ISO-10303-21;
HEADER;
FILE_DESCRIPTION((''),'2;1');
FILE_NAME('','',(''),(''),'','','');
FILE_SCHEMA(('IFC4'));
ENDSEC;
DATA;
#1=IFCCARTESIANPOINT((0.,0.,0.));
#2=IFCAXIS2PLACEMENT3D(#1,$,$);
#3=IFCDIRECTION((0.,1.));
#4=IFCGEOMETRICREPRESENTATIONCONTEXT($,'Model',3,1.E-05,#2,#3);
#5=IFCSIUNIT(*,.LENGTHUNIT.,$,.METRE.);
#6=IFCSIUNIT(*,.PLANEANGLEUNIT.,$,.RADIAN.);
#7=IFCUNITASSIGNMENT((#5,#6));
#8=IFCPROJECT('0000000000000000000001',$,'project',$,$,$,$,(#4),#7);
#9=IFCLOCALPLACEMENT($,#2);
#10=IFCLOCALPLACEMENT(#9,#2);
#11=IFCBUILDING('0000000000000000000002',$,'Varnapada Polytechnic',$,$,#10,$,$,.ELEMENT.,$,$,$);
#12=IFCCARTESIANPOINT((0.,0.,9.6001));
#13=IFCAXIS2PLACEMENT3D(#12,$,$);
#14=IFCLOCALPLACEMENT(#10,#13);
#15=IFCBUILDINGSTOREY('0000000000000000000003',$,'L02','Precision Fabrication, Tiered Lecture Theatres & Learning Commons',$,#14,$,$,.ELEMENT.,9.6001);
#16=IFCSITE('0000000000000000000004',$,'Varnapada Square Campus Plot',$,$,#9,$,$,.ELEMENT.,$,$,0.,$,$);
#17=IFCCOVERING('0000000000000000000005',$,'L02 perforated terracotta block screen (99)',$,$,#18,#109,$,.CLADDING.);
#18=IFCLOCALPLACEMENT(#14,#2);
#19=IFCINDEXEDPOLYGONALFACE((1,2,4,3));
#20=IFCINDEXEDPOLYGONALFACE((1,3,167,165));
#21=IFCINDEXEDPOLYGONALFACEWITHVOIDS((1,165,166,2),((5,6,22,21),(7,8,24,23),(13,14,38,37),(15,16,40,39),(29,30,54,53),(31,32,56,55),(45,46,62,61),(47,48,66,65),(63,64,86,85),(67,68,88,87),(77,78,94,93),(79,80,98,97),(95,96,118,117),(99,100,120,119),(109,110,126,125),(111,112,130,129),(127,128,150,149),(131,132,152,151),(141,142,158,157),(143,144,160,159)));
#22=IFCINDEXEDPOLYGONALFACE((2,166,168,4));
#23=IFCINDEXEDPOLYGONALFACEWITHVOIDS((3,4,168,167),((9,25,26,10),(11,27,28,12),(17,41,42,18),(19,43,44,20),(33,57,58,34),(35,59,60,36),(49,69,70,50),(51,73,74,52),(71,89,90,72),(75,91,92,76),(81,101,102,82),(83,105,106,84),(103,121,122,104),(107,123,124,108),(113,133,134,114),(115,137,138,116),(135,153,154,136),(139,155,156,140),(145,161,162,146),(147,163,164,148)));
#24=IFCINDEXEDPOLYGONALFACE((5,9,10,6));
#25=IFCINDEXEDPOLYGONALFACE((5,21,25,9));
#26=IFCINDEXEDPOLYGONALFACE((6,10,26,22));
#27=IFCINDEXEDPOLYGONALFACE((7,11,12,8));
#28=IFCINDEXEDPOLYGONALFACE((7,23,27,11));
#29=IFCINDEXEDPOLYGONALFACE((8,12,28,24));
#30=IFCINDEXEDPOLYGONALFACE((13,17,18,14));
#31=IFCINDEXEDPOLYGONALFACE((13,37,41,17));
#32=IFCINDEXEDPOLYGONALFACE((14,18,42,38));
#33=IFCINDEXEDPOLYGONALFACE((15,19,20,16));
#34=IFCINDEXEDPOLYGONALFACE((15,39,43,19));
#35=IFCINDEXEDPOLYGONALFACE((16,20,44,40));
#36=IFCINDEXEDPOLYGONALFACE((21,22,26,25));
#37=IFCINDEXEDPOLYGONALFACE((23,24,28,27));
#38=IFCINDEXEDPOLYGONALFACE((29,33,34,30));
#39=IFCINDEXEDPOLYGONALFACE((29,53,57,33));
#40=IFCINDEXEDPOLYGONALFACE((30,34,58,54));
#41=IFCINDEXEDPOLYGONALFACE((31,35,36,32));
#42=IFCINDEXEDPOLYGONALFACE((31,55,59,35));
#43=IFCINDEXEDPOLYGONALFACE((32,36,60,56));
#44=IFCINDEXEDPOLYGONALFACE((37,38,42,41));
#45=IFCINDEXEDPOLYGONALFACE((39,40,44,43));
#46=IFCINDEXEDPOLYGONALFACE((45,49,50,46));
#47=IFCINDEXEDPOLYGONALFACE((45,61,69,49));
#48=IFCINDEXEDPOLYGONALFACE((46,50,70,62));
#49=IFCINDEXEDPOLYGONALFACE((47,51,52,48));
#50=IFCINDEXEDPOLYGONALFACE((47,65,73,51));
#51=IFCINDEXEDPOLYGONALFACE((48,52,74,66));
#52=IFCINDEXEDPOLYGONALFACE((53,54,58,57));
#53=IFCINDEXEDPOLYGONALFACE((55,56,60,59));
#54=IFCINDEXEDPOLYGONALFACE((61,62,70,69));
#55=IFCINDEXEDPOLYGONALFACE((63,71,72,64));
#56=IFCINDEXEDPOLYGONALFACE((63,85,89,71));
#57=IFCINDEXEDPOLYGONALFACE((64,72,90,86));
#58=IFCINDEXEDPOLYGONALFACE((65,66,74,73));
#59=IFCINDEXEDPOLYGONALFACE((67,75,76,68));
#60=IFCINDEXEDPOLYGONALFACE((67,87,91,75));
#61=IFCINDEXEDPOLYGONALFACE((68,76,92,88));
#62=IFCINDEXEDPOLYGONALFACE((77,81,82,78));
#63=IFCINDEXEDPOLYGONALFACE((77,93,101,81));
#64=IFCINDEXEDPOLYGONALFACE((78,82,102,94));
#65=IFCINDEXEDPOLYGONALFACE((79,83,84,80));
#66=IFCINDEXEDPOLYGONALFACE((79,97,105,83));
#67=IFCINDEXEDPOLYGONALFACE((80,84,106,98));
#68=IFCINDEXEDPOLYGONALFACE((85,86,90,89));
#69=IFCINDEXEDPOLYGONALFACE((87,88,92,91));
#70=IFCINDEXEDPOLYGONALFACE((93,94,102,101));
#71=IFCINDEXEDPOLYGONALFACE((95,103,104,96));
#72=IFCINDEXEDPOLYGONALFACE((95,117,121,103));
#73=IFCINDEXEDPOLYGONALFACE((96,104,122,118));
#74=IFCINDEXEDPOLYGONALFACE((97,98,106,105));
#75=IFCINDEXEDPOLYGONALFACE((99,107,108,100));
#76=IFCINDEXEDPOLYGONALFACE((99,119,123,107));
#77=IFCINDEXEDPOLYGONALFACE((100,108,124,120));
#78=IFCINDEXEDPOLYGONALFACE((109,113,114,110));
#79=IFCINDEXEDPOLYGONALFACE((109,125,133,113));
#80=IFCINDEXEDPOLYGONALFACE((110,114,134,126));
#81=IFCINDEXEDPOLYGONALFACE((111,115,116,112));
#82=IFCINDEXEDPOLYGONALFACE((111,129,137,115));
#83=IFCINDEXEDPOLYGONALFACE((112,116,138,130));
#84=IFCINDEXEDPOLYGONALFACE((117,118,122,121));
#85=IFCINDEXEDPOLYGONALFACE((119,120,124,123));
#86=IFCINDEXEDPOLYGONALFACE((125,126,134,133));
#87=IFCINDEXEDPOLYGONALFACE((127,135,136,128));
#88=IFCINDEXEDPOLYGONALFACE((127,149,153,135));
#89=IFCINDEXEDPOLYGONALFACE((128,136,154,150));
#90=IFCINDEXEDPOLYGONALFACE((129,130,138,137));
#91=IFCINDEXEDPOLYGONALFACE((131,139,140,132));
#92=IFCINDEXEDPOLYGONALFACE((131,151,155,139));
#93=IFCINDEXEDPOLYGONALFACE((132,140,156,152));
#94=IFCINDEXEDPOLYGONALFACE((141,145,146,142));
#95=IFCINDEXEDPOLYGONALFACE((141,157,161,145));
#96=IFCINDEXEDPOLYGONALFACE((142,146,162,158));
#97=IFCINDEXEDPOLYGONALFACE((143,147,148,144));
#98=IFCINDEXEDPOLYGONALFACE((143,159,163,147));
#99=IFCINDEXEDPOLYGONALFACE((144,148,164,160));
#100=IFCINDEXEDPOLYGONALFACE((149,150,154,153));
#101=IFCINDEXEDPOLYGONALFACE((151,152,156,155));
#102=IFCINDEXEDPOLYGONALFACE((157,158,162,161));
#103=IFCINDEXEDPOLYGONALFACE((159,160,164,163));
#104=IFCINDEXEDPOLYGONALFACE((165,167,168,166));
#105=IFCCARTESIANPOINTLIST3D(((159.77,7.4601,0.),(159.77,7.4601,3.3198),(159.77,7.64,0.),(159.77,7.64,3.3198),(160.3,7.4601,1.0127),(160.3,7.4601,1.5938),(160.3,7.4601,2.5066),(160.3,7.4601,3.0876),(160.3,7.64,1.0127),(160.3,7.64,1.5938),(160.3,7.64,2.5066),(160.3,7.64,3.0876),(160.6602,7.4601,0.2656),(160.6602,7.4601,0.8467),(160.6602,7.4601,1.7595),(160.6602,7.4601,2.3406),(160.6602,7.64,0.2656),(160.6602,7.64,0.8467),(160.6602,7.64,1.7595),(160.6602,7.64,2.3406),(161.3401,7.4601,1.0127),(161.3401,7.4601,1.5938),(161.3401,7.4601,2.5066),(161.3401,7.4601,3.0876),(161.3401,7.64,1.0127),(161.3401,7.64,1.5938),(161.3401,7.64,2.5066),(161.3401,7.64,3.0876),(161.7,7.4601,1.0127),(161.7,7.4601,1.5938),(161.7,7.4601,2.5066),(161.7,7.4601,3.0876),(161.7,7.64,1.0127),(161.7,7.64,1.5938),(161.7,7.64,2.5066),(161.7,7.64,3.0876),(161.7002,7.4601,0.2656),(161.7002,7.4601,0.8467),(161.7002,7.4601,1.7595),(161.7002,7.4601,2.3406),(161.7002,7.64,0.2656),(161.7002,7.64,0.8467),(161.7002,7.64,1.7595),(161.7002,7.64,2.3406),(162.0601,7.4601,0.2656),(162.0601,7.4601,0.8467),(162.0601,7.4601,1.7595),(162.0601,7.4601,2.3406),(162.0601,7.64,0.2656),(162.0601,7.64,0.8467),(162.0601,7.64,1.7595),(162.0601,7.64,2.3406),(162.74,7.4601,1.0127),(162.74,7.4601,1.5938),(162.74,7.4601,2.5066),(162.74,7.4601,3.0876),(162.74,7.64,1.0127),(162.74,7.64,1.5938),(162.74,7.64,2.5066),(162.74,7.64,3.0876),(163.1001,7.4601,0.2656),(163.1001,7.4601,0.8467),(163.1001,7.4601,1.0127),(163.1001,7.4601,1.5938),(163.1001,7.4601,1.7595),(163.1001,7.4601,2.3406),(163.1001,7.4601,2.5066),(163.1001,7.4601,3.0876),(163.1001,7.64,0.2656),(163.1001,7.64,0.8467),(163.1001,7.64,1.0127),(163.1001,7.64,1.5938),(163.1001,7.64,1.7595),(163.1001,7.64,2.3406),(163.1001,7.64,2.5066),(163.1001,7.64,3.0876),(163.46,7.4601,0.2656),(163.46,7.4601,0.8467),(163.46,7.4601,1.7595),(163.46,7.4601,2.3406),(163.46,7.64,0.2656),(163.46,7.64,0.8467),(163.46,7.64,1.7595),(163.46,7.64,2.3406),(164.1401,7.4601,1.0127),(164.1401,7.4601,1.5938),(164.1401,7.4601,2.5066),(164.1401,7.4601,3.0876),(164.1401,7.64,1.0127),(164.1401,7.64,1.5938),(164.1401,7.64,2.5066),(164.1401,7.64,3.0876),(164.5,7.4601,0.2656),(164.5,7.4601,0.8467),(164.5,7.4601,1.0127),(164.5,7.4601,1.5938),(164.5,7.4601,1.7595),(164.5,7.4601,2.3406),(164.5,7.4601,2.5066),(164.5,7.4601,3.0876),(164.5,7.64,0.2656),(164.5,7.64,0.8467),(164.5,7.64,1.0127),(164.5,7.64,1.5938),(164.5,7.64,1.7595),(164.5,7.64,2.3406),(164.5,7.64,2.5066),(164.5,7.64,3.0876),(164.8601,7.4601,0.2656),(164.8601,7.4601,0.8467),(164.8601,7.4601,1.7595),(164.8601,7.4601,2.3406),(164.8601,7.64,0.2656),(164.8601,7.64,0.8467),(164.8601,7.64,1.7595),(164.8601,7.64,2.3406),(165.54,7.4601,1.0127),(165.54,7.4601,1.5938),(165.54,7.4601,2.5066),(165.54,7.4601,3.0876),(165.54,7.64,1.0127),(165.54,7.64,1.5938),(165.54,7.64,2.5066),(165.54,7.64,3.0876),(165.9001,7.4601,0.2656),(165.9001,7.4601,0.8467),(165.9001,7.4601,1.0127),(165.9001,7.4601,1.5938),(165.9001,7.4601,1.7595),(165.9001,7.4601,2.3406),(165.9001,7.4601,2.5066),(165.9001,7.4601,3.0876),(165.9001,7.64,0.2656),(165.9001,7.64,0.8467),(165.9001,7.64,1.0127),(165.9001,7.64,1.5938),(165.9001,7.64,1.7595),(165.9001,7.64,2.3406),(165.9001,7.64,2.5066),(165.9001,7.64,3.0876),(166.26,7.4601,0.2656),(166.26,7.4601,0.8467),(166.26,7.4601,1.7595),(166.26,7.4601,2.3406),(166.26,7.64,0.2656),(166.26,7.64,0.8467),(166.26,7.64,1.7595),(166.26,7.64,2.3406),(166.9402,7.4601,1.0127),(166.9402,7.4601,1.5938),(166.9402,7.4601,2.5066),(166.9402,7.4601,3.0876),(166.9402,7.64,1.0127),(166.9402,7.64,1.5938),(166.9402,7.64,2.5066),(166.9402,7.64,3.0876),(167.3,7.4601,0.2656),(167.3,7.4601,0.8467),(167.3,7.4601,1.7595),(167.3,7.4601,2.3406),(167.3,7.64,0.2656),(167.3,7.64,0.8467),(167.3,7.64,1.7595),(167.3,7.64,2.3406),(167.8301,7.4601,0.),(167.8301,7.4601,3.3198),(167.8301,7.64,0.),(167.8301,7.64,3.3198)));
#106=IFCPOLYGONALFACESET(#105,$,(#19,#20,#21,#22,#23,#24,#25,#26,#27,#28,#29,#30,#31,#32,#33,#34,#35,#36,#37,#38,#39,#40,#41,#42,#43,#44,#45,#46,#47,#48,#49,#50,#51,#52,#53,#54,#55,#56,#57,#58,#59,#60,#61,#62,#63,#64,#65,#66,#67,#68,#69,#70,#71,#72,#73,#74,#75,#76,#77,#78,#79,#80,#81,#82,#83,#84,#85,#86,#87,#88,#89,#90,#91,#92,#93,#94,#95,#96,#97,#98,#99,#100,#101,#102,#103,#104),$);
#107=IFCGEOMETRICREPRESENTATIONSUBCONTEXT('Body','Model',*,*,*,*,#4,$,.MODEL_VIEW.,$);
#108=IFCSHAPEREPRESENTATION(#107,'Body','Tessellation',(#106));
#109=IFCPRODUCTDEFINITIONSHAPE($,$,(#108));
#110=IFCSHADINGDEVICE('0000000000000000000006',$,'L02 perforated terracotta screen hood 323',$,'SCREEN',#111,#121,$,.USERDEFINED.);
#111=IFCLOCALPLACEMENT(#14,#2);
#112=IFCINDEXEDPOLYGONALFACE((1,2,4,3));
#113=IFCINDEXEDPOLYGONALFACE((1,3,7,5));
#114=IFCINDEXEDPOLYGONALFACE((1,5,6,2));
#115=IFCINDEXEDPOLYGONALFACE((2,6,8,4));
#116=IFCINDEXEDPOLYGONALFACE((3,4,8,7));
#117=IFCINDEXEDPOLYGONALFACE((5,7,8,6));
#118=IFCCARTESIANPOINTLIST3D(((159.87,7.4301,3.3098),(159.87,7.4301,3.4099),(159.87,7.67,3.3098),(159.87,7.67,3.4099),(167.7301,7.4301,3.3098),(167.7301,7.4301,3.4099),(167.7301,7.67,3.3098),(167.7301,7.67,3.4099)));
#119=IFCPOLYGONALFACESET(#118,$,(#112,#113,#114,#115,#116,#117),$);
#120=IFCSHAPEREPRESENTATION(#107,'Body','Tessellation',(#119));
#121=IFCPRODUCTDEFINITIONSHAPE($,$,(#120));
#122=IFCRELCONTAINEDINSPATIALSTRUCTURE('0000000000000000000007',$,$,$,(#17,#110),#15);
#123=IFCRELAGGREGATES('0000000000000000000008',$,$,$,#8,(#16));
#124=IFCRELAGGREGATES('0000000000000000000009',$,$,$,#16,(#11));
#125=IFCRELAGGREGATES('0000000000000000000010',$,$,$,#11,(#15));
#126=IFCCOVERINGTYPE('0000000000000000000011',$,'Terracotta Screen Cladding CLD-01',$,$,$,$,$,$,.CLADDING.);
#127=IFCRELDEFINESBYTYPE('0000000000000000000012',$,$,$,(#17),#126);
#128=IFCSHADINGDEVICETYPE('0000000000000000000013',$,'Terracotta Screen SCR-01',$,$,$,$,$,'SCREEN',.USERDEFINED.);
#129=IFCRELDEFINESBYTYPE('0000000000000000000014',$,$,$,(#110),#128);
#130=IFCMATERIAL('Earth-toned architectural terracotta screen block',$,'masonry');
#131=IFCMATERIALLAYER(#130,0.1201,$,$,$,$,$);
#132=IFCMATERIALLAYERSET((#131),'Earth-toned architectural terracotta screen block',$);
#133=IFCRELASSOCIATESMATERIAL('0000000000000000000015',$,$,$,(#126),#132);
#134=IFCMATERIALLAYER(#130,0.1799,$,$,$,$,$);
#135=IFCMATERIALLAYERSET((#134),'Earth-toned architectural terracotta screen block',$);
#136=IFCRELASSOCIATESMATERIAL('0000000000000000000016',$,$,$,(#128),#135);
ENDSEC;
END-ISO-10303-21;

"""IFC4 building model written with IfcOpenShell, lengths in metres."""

from ifc_helpers import new_model, si_unit, direction, frame, frame_2d, origin, origin_2d, place, context, subcontext, project, spatial, rectangle, extrude, material, layer, layer_set, type_object, element, save


model = new_model("IFC4")

# Units and contexts
model_context = context("Model", 3, precision=1e-05, world=origin(), true_north=direction((0.0, 1.0)))
body_context = subcontext(model_context, "Body", "Model", "MODEL_VIEW")
ifc_project = project(units=[si_unit("LENGTHUNIT", "METRE"), si_unit("PLANEANGLEUNIT", "RADIAN")], contexts=[model_context])

# Site, building, storey
site_placement = place(None, origin())
site = spatial("IfcSite", under=ifc_project, at=site_placement, Name="Varnapada Square Campus Plot", CompositionType="ELEMENT", RefElevation=0.0)
building_placement = place(site_placement, origin())
building = spatial("IfcBuilding", under=site, at=building_placement, Name="Varnapada Polytechnic", CompositionType="ELEMENT")
storey_placement = place(building_placement, frame((0.0, 0.0, 9.6001)))
storey = spatial("IfcBuildingStorey", under=building, at=storey_placement, Name="L02", Description="Precision Fabrication, Tiered Lecture Theatres & Learning Commons", CompositionType="ELEMENT", Elevation=9.6001)

# Covering, openings
ifc_material_1 = material(Name="Earth-toned architectural terracotta screen block", Category="masonry")
ifc_layer_1 = layer(ifc_material_1, 0.1201)
ifc_layer_set_1 = layer_set([ifc_layer_1], Name="Earth-toned architectural terracotta screen block")
covering_type = type_object("IfcCoveringType", Name="Terracotta Screen Cladding CLD-01", PredefinedType="CLADDING", material=ifc_layer_set_1)
covering_placement = place(storey_placement, frame((167.8301, 7.55, 0.0), z_axis=(0.0, 0.0, 1.0), x_axis=(-1.0, 0.0, 0.0)))
covering = element("IfcCovering", 1, at=covering_placement, inside=storey, type_object=covering_type, Name="L02 perforated terracotta block screen (99)", PredefinedType="CLADDING", context=body_context, shape_type="SweptSolid", body=[
    extrude(rectangle(XDim=8.0601, YDim=0.1799, at=frame_2d((4.03, 0.0))), origin(), (0.0, 0.0, 1.0), 3.3198),
])
opening_1_placement = place(covering_placement, frame((0.53, 0.0, 0.2656)))
element("IfcOpeningElement", 2, at=opening_1_placement, cuts=covering, PredefinedType="OPENING", context=body_context, shape_type="SweptSolid", body=[
    extrude(rectangle(XDim=1.04, YDim=0.5811, at=frame_2d((0.52, 0.2905))), frame((0.0, 0.0999, 0.0), z_axis=(0.0, -1.0, 0.0), x_axis=(1.0, 0.0, 0.0)), (0.0, 0.0, 1.0), 0.2),
])
opening_2_placement = place(covering_placement, frame((1.9299, 0.0, 0.2656)))
element("IfcOpeningElement", 3, at=opening_2_placement, cuts=covering, PredefinedType="OPENING", context=body_context, shape_type="SweptSolid", body=[
    extrude(rectangle(XDim=1.04, YDim=0.5811, at=frame_2d((0.52, 0.2905))), frame((0.0, 0.0999, 0.0), z_axis=(0.0, -1.0, 0.0), x_axis=(1.0, 0.0, 0.0)), (0.0, 0.0, 1.0), 0.2),
])
opening_3_placement = place(covering_placement, frame((3.3301, 0.0, 0.2656)))
element("IfcOpeningElement", 4, at=opening_3_placement, cuts=covering, PredefinedType="OPENING", context=body_context, shape_type="SweptSolid", body=[
    extrude(rectangle(XDim=1.04, YDim=0.5811, at=frame_2d((0.52, 0.2905))), frame((0.0, 0.0999, 0.0), z_axis=(0.0, -1.0, 0.0), x_axis=(1.0, 0.0, 0.0)), (0.0, 0.0, 1.0), 0.2),
])
opening_4_placement = place(covering_placement, frame((4.73, 0.0, 0.2656)))
element("IfcOpeningElement", 5, at=opening_4_placement, cuts=covering, PredefinedType="OPENING", context=body_context, shape_type="SweptSolid", body=[
    extrude(rectangle(XDim=1.04, YDim=0.5811, at=frame_2d((0.52, 0.2905))), frame((0.0, 0.0999, 0.0), z_axis=(0.0, -1.0, 0.0), x_axis=(1.0, 0.0, 0.0)), (0.0, 0.0, 1.0), 0.2),
])
opening_5_placement = place(covering_placement, frame((6.1299, 0.0, 0.2656)))
element("IfcOpeningElement", 6, at=opening_5_placement, cuts=covering, PredefinedType="OPENING", context=body_context, shape_type="SweptSolid", body=[
    extrude(rectangle(XDim=1.04, YDim=0.5811, at=frame_2d((0.52, 0.2905))), frame((0.0, 0.0999, 0.0), z_axis=(0.0, -1.0, 0.0), x_axis=(1.0, 0.0, 0.0)), (0.0, 0.0, 1.0), 0.2),
])
opening_6_placement = place(covering_placement, frame((0.8899, 0.0, 1.0127)))
element("IfcOpeningElement", 7, at=opening_6_placement, cuts=covering, PredefinedType="OPENING", context=body_context, shape_type="SweptSolid", body=[
    extrude(rectangle(XDim=1.04, YDim=0.5811, at=frame_2d((0.52, 0.2905))), frame((0.0, 0.0999, 0.0), z_axis=(0.0, -1.0, 0.0), x_axis=(1.0, 0.0, 0.0)), (0.0, 0.0, 1.0), 0.2),
])
opening_7_placement = place(covering_placement, frame((2.29, 0.0, 1.0127)))
element("IfcOpeningElement", 8, at=opening_7_placement, cuts=covering, PredefinedType="OPENING", context=body_context, shape_type="SweptSolid", body=[
    extrude(rectangle(XDim=1.04, YDim=0.5811, at=frame_2d((0.52, 0.2905))), frame((0.0, 0.0999, 0.0), z_axis=(0.0, -1.0, 0.0), x_axis=(1.0, 0.0, 0.0)), (0.0, 0.0, 1.0), 0.2),
])
opening_8_placement = place(covering_placement, frame((3.6899, 0.0, 1.0127)))
element("IfcOpeningElement", 9, at=opening_8_placement, cuts=covering, PredefinedType="OPENING", context=body_context, shape_type="SweptSolid", body=[
    extrude(rectangle(XDim=1.04, YDim=0.5811, at=frame_2d((0.52, 0.2905))), frame((0.0, 0.0999, 0.0), z_axis=(0.0, -1.0, 0.0), x_axis=(1.0, 0.0, 0.0)), (0.0, 0.0, 1.0), 0.2),
])
opening_9_placement = place(covering_placement, frame((5.0901, 0.0, 1.0127)))
element("IfcOpeningElement", 10, at=opening_9_placement, cuts=covering, PredefinedType="OPENING", context=body_context, shape_type="SweptSolid", body=[
    extrude(rectangle(XDim=1.04, YDim=0.5811, at=frame_2d((0.52, 0.2905))), frame((0.0, 0.0999, 0.0), z_axis=(0.0, -1.0, 0.0), x_axis=(1.0, 0.0, 0.0)), (0.0, 0.0, 1.0), 0.2),
])
opening_10_placement = place(covering_placement, frame((6.49, 0.0, 1.0127)))
element("IfcOpeningElement", 11, at=opening_10_placement, cuts=covering, PredefinedType="OPENING", context=body_context, shape_type="SweptSolid", body=[
    extrude(rectangle(XDim=1.04, YDim=0.5811, at=frame_2d((0.52, 0.2905))), frame((0.0, 0.0999, 0.0), z_axis=(0.0, -1.0, 0.0), x_axis=(1.0, 0.0, 0.0)), (0.0, 0.0, 1.0), 0.2),
])
opening_11_placement = place(covering_placement, frame((0.53, 0.0, 1.7595)))
element("IfcOpeningElement", 12, at=opening_11_placement, cuts=covering, PredefinedType="OPENING", context=body_context, shape_type="SweptSolid", body=[
    extrude(rectangle(XDim=1.04, YDim=0.5811, at=frame_2d((0.52, 0.2905))), frame((0.0, 0.0999, 0.0), z_axis=(0.0, -1.0, 0.0), x_axis=(1.0, 0.0, 0.0)), (0.0, 0.0, 1.0), 0.2),
])
opening_12_placement = place(covering_placement, frame((1.9299, 0.0, 1.7595)))
element("IfcOpeningElement", 13, at=opening_12_placement, cuts=covering, PredefinedType="OPENING", context=body_context, shape_type="SweptSolid", body=[
    extrude(rectangle(XDim=1.04, YDim=0.5811, at=frame_2d((0.52, 0.2905))), frame((0.0, 0.0999, 0.0), z_axis=(0.0, -1.0, 0.0), x_axis=(1.0, 0.0, 0.0)), (0.0, 0.0, 1.0), 0.2),
])
opening_13_placement = place(covering_placement, frame((3.3301, 0.0, 1.7595)))
element("IfcOpeningElement", 14, at=opening_13_placement, cuts=covering, PredefinedType="OPENING", context=body_context, shape_type="SweptSolid", body=[
    extrude(rectangle(XDim=1.04, YDim=0.5811, at=frame_2d((0.52, 0.2905))), frame((0.0, 0.0999, 0.0), z_axis=(0.0, -1.0, 0.0), x_axis=(1.0, 0.0, 0.0)), (0.0, 0.0, 1.0), 0.2),
])
opening_14_placement = place(covering_placement, frame((4.73, 0.0, 1.7595)))
element("IfcOpeningElement", 15, at=opening_14_placement, cuts=covering, PredefinedType="OPENING", context=body_context, shape_type="SweptSolid", body=[
    extrude(rectangle(XDim=1.04, YDim=0.5811, at=frame_2d((0.52, 0.2905))), frame((0.0, 0.0999, 0.0), z_axis=(0.0, -1.0, 0.0), x_axis=(1.0, 0.0, 0.0)), (0.0, 0.0, 1.0), 0.2),
])
opening_15_placement = place(covering_placement, frame((6.1299, 0.0, 1.7595)))
element("IfcOpeningElement", 16, at=opening_15_placement, cuts=covering, PredefinedType="OPENING", context=body_context, shape_type="SweptSolid", body=[
    extrude(rectangle(XDim=1.04, YDim=0.5811, at=frame_2d((0.52, 0.2905))), frame((0.0, 0.0999, 0.0), z_axis=(0.0, -1.0, 0.0), x_axis=(1.0, 0.0, 0.0)), (0.0, 0.0, 1.0), 0.2),
])
opening_16_placement = place(covering_placement, frame((0.8899, 0.0, 2.5066)))
element("IfcOpeningElement", 17, at=opening_16_placement, cuts=covering, PredefinedType="OPENING", context=body_context, shape_type="SweptSolid", body=[
    extrude(rectangle(XDim=1.04, YDim=0.5811, at=frame_2d((0.52, 0.2905))), frame((0.0, 0.0999, 0.0), z_axis=(0.0, -1.0, 0.0), x_axis=(1.0, 0.0, 0.0)), (0.0, 0.0, 1.0), 0.2),
])
opening_17_placement = place(covering_placement, frame((2.29, 0.0, 2.5066)))
element("IfcOpeningElement", 18, at=opening_17_placement, cuts=covering, PredefinedType="OPENING", context=body_context, shape_type="SweptSolid", body=[
    extrude(rectangle(XDim=1.04, YDim=0.5811, at=frame_2d((0.52, 0.2905))), frame((0.0, 0.0999, 0.0), z_axis=(0.0, -1.0, 0.0), x_axis=(1.0, 0.0, 0.0)), (0.0, 0.0, 1.0), 0.2),
])
opening_18_placement = place(covering_placement, frame((3.6899, 0.0, 2.5066)))
element("IfcOpeningElement", 19, at=opening_18_placement, cuts=covering, PredefinedType="OPENING", context=body_context, shape_type="SweptSolid", body=[
    extrude(rectangle(XDim=1.04, YDim=0.5811, at=frame_2d((0.52, 0.2905))), frame((0.0, 0.0999, 0.0), z_axis=(0.0, -1.0, 0.0), x_axis=(1.0, 0.0, 0.0)), (0.0, 0.0, 1.0), 0.2),
])
opening_19_placement = place(covering_placement, frame((5.0901, 0.0, 2.5066)))
element("IfcOpeningElement", 20, at=opening_19_placement, cuts=covering, PredefinedType="OPENING", context=body_context, shape_type="SweptSolid", body=[
    extrude(rectangle(XDim=1.04, YDim=0.5811, at=frame_2d((0.52, 0.2905))), frame((0.0, 0.0999, 0.0), z_axis=(0.0, -1.0, 0.0), x_axis=(1.0, 0.0, 0.0)), (0.0, 0.0, 1.0), 0.2),
])
opening_20_placement = place(covering_placement, frame((6.49, 0.0, 2.5066)))
element("IfcOpeningElement", 21, at=opening_20_placement, cuts=covering, PredefinedType="OPENING", context=body_context, shape_type="SweptSolid", body=[
    extrude(rectangle(XDim=1.04, YDim=0.5811, at=frame_2d((0.52, 0.2905))), frame((0.0, 0.0999, 0.0), z_axis=(0.0, -1.0, 0.0), x_axis=(1.0, 0.0, 0.0)), (0.0, 0.0, 1.0), 0.2),
])

# Shading device
ifc_layer_2 = layer(ifc_material_1, 0.1799)
ifc_layer_set_2 = layer_set([ifc_layer_2], Name="Earth-toned architectural terracotta screen block")
shading_device_type = type_object("IfcShadingDeviceType", Name="Terracotta Screen SCR-01", ElementType="SCREEN", PredefinedType="USERDEFINED", material=ifc_layer_set_2)
shading_device_placement = place(storey_placement, frame((163.8, 7.55, 3.3098), z_axis=(0.0, 0.0, 1.0), x_axis=(-1.0, 0.0, 0.0)))
element("IfcShadingDevice", 22, at=shading_device_placement, inside=storey, type_object=shading_device_type, Name="L02 perforated terracotta screen hood 323", ObjectType="SCREEN", PredefinedType="USERDEFINED", context=body_context, shape_type="SweptSolid", body=[
    extrude(rectangle(XDim=7.8601, YDim=0.24, at=origin_2d()), origin(), (0.0, 0.0, 1.0), 0.1001),
])

save(model, "model.ifc")
